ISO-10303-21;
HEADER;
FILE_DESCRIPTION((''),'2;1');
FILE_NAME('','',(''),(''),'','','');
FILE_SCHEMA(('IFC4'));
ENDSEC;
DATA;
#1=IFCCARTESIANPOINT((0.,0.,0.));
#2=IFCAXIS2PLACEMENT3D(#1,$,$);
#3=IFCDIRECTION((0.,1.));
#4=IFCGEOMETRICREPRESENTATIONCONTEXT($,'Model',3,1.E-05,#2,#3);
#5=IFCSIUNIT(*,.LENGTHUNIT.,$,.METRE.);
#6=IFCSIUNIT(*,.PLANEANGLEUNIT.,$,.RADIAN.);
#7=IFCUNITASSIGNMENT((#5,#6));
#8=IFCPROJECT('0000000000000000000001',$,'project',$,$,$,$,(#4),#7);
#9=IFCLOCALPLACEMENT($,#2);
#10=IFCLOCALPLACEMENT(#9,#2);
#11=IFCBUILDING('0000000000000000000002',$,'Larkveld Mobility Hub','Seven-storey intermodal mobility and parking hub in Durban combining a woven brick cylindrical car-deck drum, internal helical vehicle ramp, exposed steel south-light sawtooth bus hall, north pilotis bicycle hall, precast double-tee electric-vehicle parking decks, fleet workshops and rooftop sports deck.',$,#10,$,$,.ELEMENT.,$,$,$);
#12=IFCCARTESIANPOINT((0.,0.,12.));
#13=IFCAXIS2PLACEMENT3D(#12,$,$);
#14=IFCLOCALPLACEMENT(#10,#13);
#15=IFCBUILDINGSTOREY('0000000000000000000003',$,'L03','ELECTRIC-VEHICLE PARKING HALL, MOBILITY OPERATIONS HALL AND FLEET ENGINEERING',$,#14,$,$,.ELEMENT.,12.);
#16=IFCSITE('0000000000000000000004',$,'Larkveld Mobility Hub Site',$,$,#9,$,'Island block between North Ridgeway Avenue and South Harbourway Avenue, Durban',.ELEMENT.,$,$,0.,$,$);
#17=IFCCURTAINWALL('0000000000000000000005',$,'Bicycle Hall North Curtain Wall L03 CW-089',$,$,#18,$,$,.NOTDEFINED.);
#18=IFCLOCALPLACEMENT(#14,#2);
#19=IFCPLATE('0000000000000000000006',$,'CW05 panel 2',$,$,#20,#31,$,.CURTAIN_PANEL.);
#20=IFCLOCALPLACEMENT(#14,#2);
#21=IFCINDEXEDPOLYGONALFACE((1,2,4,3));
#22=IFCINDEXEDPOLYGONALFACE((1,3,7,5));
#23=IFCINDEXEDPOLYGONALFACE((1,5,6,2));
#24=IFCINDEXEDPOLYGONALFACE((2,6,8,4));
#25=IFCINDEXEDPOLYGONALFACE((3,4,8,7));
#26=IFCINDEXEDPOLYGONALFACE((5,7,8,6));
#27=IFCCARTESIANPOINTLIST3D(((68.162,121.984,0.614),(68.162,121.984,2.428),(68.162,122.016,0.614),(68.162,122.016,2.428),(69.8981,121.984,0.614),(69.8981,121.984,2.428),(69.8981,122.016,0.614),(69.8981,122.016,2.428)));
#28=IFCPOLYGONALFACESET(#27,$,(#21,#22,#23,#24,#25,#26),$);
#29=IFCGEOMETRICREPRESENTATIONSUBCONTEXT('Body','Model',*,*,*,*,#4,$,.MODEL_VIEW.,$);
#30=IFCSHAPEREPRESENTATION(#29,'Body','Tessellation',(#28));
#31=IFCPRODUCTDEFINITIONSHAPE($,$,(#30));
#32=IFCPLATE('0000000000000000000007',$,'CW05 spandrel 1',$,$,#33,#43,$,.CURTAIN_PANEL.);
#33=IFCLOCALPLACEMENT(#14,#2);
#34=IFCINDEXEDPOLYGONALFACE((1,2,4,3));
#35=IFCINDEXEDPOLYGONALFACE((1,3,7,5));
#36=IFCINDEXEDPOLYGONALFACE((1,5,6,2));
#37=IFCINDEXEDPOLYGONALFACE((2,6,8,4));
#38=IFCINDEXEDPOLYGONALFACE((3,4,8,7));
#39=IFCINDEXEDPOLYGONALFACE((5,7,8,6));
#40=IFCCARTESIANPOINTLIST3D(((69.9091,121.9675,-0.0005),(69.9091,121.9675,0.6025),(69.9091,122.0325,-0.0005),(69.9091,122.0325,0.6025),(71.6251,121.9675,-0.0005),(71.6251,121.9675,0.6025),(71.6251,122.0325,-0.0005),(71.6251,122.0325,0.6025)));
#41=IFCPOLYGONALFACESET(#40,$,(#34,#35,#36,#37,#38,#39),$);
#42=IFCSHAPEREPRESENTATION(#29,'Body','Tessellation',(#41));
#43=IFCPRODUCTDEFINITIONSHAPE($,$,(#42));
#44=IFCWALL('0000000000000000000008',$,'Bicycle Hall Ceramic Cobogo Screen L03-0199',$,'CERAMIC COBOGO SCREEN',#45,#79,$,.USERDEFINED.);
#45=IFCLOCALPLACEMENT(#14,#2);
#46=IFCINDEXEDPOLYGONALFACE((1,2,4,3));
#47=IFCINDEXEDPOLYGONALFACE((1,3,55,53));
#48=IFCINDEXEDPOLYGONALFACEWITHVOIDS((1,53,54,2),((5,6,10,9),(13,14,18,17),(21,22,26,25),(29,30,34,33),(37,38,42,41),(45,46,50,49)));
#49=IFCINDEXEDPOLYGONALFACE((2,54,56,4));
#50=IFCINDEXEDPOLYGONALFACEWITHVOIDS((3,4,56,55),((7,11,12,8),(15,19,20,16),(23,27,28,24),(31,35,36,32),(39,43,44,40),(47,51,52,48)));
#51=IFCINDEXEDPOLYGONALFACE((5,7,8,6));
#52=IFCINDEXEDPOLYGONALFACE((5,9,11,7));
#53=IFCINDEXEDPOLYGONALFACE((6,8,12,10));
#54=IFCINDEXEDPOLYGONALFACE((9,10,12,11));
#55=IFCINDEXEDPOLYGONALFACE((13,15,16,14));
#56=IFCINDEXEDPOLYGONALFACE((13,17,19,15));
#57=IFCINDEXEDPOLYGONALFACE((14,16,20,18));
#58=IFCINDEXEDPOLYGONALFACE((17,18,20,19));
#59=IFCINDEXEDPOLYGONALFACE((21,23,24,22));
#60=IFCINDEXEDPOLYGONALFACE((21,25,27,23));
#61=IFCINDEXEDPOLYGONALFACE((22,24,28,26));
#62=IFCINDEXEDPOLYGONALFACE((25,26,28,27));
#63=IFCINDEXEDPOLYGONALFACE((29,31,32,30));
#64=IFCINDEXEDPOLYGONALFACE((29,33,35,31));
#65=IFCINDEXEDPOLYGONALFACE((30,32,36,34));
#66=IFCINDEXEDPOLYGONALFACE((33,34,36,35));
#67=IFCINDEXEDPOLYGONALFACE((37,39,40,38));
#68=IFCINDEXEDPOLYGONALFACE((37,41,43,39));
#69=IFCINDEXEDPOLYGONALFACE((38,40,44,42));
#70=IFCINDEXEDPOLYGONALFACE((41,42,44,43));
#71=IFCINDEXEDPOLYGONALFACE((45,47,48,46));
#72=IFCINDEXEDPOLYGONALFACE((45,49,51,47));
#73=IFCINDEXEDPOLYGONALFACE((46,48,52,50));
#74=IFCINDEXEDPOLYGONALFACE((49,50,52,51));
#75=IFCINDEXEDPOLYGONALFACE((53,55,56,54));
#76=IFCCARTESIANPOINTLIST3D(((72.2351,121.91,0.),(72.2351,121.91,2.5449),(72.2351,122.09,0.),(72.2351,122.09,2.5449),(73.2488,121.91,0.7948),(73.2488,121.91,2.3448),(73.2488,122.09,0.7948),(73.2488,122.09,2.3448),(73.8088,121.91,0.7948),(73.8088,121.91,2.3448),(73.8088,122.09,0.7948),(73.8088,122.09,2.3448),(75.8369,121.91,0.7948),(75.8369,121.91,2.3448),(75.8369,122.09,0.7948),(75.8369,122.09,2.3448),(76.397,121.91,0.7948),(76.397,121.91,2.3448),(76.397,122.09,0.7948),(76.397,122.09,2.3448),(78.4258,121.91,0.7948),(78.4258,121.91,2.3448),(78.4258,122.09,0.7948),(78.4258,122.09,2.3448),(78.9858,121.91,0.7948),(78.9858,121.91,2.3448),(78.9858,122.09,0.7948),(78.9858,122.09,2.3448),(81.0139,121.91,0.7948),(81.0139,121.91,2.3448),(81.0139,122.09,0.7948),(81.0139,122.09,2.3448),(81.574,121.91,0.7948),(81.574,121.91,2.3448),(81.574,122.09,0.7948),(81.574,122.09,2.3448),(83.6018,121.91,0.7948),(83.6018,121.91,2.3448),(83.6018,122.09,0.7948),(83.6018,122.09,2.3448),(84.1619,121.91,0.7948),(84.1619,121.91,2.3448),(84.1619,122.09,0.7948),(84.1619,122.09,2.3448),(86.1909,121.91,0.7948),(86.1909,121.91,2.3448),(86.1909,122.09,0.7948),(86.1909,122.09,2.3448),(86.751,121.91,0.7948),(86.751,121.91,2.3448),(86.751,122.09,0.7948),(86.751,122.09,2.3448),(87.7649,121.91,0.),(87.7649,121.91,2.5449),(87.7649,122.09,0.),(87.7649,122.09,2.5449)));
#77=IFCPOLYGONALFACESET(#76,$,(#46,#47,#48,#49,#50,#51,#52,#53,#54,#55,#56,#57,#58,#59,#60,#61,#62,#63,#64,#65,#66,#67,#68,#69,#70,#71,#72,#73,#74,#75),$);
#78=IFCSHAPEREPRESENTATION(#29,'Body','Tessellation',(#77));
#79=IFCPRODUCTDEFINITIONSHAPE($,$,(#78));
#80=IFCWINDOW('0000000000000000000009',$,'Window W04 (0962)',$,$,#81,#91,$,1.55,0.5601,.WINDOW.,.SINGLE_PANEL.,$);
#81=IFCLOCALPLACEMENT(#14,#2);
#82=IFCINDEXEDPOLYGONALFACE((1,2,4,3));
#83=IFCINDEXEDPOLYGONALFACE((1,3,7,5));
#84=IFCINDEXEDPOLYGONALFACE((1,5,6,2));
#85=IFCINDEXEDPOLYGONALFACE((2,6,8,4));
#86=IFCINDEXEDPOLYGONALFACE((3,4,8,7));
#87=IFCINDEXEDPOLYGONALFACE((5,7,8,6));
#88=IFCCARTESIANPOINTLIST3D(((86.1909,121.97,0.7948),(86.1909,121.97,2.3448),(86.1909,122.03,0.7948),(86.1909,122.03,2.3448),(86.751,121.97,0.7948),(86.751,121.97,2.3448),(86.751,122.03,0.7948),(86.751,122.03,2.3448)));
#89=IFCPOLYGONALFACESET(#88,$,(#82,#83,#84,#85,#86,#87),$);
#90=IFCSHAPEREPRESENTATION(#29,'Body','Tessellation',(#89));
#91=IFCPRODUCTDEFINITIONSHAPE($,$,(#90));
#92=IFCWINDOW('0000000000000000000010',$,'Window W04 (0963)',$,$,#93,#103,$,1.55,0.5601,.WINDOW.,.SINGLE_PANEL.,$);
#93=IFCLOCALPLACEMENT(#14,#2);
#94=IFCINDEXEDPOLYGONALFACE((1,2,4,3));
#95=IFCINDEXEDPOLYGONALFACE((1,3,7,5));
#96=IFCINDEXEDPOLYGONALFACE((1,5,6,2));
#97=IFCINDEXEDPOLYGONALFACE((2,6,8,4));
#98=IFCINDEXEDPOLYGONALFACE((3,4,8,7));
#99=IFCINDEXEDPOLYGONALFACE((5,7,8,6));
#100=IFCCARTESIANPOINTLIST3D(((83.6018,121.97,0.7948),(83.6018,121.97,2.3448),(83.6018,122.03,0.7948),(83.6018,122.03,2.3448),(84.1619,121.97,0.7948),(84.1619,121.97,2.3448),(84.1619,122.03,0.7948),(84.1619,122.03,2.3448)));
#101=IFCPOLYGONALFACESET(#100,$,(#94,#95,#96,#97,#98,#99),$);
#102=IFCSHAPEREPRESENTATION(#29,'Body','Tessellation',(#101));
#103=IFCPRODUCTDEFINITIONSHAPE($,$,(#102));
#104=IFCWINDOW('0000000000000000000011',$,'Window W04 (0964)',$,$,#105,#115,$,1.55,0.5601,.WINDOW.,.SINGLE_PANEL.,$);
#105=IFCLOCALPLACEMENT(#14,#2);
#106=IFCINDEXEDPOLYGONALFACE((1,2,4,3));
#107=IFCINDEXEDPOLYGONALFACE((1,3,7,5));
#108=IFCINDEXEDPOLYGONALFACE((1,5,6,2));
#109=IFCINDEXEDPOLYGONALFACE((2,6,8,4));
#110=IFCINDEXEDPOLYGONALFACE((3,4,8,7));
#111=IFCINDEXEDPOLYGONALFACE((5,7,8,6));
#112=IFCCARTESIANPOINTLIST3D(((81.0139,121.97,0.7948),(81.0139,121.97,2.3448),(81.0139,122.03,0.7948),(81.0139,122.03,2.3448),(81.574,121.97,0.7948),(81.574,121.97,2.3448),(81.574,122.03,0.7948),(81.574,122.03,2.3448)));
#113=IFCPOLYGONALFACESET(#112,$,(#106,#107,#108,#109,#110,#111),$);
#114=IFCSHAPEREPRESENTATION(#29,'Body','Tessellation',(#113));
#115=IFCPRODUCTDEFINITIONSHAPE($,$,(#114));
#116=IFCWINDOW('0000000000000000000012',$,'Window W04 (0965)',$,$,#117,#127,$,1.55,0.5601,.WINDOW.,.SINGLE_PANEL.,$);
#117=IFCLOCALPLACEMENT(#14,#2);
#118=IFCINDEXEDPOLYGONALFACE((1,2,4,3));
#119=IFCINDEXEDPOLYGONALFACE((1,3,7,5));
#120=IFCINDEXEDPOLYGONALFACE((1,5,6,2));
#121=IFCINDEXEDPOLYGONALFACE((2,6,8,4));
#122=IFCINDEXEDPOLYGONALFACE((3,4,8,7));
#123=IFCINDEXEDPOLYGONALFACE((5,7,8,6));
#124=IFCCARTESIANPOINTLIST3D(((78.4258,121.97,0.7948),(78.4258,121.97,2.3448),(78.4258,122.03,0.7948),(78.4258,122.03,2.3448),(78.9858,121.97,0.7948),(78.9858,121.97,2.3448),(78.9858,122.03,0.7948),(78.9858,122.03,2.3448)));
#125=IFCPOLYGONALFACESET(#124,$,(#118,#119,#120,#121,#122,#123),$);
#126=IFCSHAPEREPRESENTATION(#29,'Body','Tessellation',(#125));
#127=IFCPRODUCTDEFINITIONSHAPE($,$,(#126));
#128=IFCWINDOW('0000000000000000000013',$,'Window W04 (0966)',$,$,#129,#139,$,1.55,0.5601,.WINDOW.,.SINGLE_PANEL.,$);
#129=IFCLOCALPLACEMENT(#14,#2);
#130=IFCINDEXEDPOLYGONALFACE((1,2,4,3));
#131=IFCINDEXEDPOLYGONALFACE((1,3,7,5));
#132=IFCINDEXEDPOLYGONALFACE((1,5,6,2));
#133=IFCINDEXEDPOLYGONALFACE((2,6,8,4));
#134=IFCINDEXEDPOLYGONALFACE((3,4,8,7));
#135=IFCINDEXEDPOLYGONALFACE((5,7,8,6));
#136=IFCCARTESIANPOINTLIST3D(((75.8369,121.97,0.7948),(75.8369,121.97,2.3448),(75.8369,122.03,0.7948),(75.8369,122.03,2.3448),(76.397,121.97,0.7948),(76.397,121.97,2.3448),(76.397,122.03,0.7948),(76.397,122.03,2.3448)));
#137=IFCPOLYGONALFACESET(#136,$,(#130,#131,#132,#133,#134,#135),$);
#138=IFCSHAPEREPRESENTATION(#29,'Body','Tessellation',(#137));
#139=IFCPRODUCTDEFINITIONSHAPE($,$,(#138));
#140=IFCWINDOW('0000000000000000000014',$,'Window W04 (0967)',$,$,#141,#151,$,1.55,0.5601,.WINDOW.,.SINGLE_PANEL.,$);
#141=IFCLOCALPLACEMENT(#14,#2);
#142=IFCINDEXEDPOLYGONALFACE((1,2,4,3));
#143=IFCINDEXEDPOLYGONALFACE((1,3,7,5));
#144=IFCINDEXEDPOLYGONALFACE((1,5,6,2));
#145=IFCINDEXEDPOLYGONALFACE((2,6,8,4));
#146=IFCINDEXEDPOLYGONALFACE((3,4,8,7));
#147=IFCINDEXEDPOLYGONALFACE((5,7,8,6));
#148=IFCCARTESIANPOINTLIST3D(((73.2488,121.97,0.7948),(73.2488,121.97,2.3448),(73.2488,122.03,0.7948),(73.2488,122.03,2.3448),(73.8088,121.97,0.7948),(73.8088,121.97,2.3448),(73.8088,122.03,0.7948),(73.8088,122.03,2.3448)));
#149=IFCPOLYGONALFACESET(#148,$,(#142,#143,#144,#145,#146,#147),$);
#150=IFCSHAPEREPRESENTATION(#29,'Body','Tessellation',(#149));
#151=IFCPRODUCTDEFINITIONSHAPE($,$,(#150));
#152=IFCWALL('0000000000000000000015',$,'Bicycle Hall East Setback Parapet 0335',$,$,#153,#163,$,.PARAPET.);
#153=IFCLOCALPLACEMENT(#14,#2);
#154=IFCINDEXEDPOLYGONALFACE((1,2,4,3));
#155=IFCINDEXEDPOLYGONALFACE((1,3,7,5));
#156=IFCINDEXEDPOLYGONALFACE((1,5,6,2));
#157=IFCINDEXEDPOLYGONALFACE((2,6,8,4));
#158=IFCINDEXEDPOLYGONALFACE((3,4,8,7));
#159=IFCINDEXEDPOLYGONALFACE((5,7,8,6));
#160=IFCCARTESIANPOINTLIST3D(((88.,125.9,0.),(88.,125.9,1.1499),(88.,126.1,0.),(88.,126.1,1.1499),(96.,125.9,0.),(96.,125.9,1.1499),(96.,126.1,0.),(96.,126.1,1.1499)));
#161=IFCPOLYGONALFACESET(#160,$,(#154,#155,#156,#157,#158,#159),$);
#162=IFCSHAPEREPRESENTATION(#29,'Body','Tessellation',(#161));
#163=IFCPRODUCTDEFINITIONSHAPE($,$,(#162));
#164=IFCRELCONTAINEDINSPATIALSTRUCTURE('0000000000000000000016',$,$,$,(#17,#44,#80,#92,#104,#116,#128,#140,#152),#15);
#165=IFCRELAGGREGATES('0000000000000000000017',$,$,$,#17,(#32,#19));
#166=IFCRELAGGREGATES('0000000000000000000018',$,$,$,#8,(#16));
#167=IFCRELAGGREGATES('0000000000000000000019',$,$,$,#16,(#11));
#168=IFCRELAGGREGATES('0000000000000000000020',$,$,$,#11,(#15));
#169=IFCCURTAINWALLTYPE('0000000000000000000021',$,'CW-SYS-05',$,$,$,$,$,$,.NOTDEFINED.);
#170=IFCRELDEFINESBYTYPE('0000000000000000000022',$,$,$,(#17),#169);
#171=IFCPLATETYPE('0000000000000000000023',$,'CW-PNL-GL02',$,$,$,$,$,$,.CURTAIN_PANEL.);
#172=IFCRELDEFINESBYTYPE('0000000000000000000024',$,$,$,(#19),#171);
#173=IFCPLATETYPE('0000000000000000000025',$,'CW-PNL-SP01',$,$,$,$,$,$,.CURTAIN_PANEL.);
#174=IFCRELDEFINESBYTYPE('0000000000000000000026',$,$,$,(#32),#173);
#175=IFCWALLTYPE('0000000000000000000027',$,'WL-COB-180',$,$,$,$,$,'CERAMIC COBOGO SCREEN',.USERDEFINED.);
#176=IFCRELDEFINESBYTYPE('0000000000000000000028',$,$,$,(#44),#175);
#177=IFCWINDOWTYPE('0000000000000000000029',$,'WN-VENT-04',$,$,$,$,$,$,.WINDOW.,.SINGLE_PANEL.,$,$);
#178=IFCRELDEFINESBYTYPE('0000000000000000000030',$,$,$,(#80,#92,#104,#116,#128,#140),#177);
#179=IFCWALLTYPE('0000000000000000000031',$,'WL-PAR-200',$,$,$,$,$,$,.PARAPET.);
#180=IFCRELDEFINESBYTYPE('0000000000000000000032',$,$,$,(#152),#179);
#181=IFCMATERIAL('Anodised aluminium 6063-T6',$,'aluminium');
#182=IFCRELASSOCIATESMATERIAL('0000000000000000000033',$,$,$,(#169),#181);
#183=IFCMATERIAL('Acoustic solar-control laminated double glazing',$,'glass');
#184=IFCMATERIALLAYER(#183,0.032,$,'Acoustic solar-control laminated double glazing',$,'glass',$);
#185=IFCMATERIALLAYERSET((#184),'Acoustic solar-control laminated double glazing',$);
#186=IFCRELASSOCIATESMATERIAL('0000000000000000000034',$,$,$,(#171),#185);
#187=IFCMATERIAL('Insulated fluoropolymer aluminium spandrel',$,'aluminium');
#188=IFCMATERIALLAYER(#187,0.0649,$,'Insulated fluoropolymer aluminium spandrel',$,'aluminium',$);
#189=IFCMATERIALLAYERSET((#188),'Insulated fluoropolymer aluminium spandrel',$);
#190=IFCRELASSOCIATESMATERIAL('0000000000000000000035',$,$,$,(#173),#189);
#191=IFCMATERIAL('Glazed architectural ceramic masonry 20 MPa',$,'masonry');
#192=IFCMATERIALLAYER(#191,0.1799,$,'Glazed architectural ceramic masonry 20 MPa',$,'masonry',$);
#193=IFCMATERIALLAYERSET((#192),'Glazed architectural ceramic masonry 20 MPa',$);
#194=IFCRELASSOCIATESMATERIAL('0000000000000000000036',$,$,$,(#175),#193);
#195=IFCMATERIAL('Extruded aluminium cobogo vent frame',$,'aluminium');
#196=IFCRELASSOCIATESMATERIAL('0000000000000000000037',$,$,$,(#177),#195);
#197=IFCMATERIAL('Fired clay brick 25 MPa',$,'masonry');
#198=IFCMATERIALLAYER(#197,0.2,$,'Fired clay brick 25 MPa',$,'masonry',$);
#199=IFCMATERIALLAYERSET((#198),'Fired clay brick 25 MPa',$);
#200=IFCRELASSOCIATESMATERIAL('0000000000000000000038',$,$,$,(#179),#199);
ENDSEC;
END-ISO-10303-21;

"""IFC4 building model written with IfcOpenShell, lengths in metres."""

from ifc_helpers import new_model, si_unit, direction, frame, frame_2d, origin, origin_2d, place, context, subcontext, project, spatial, rectangle, extrude, material, layer, layer_set, type_object, element, fill, aggregate, save


model = new_model("IFC4")

# Units and contexts
model_context = context("Model", 3, precision=1e-05, world=origin(), true_north=direction((0.0, 1.0)))
body_context = subcontext(model_context, "Body", "Model", "MODEL_VIEW")
ifc_project = project(units=[si_unit("LENGTHUNIT", "METRE"), si_unit("PLANEANGLEUNIT", "RADIAN")], contexts=[model_context])

# Site, building, storey
site_placement = place(None, origin())
site = spatial("IfcSite", under=ifc_project, at=site_placement, Name="Larkveld Mobility Hub Site", LongName="Island block between North Ridgeway Avenue and South Harbourway Avenue, Durban", CompositionType="ELEMENT", RefElevation=0.0)
building_placement = place(site_placement, origin())
building = spatial("IfcBuilding", under=site, at=building_placement, Name="Larkveld Mobility Hub", Description="Seven-storey intermodal mobility and parking hub in Durban combining a woven brick cylindrical car-deck drum, internal helical vehicle ramp, exposed steel south-light sawtooth bus hall, north pilotis bicycle hall, precast double-tee electric-vehicle parking decks, fleet workshops and rooftop sports deck.", CompositionType="ELEMENT")
storey_placement = place(building_placement, frame((0.0, 0.0, 12.0)))
storey = spatial("IfcBuildingStorey", under=building, at=storey_placement, Name="L03", Description="ELECTRIC-VEHICLE PARKING HALL, MOBILITY OPERATIONS HALL AND FLEET ENGINEERING", CompositionType="ELEMENT", Elevation=12.0)

# Curtain wall, plates
ifc_material_1 = material(Name="Anodised aluminium 6063-T6", Category="aluminium")
curtain_wall_type = type_object("IfcCurtainWallType", Name="CW-SYS-05", PredefinedType="NOTDEFINED", material=ifc_material_1)
curtain_wall_placement = place(storey_placement, origin())
curtain_wall = element("IfcCurtainWall", 1, at=curtain_wall_placement, inside=storey, type_object=curtain_wall_type, Name="Bicycle Hall North Curtain Wall L03 CW-089", PredefinedType="NOTDEFINED")
ifc_material_2 = material(Name="Acoustic solar-control laminated double glazing", Category="glass")
ifc_layer_1 = layer(ifc_material_2, 0.032, Name="Acoustic solar-control laminated double glazing", Category="glass")
ifc_layer_set_1 = layer_set([ifc_layer_1], Name="Acoustic solar-control laminated double glazing")
plate_type_1 = type_object("IfcPlateType", Name="CW-PNL-GL02", PredefinedType="CURTAIN_PANEL", material=ifc_layer_set_1)
plate_1_placement = place(storey_placement, frame((69.03, 122.0, 0.614), z_axis=(0.0, 0.0, 1.0), x_axis=(-1.0, 0.0, 0.0)))
plate_1 = element("IfcPlate", 2, at=plate_1_placement, type_object=plate_type_1, Name="CW05 panel 2", PredefinedType="CURTAIN_PANEL", context=body_context, shape_type="SweptSolid", body=[
    extrude(rectangle(XDim=1.7361, YDim=0.032, at=origin_2d()), origin(), (0.0, 0.0, 1.0), 1.814),
])
ifc_material_3 = material(Name="Insulated fluoropolymer aluminium spandrel", Category="aluminium")
ifc_layer_2 = layer(ifc_material_3, 0.0649, Name="Insulated fluoropolymer aluminium spandrel", Category="aluminium")
ifc_layer_set_2 = layer_set([ifc_layer_2], Name="Insulated fluoropolymer aluminium spandrel")
plate_type_2 = type_object("IfcPlateType", Name="CW-PNL-SP01", PredefinedType="CURTAIN_PANEL", material=ifc_layer_set_2)
plate_2_placement = place(storey_placement, frame((70.7671, 122.0, -0.0005), z_axis=(0.0, 0.0, 1.0), x_axis=(-1.0, 0.0, 0.0)))
plate_2 = element("IfcPlate", 3, at=plate_2_placement, type_object=plate_type_2, Name="CW05 spandrel 1", PredefinedType="CURTAIN_PANEL", context=body_context, shape_type="SweptSolid", body=[
    extrude(rectangle(XDim=1.7161, YDim=0.0649, at=origin_2d()), origin(), (0.0, 0.0, 1.0), 0.603),
])
aggregate(curtain_wall, [plate_2, plate_1])

# Wall, openings, windows
ifc_material_4 = material(Name="Glazed architectural ceramic masonry 20 MPa", Category="masonry")
ifc_layer_3 = layer(ifc_material_4, 0.1799, Name="Glazed architectural ceramic masonry 20 MPa", Category="masonry")
ifc_layer_set_3 = layer_set([ifc_layer_3], Name="Glazed architectural ceramic masonry 20 MPa")
wall_type_1 = type_object("IfcWallType", Name="WL-COB-180", ElementType="CERAMIC COBOGO SCREEN", PredefinedType="USERDEFINED", material=ifc_layer_set_3)
wall_1_placement = place(storey_placement, frame((87.7649, 122.0, 0.0), z_axis=(0.0, 0.0, 1.0), x_axis=(-1.0, 0.0, 0.0)))
wall_1 = element("IfcWall", 4, at=wall_1_placement, inside=storey, type_object=wall_type_1, Name="Bicycle Hall Ceramic Cobogo Screen L03-0199", ObjectType="CERAMIC COBOGO SCREEN", PredefinedType="USERDEFINED", context=body_context, shape_type="SweptSolid", body=[
    extrude(rectangle(XDim=15.5298, YDim=0.1799, at=frame_2d((7.7649, 0.0))), origin(), (0.0, 0.0, 1.0), 2.5449),
])
opening_1_placement = place(wall_1_placement, frame((1.0139, 0.0, 0.7949)))
opening_1 = element("IfcOpeningElement", 5, at=opening_1_placement, cuts=wall_1, PredefinedType="OPENING", context=body_context, shape_type="SweptSolid", body=[
    extrude(rectangle(XDim=0.5601, YDim=1.55, at=frame_2d((0.28, 0.7749))), frame((0.0, 0.1001, 0.0), z_axis=(0.0, -1.0, 0.0), x_axis=(1.0, 0.0, 0.0)), (0.0, 0.0, 1.0), 0.2),
])
opening_2_placement = place(wall_1_placement, frame((3.603, 0.0, 0.7949)))
opening_2 = element("IfcOpeningElement", 6, at=opening_2_placement, cuts=wall_1, PredefinedType="OPENING", context=body_context, shape_type="SweptSolid", body=[
    extrude(rectangle(XDim=0.5601, YDim=1.55, at=frame_2d((0.28, 0.7749))), frame((0.0, 0.1001, 0.0), z_axis=(0.0, -1.0, 0.0), x_axis=(1.0, 0.0, 0.0)), (0.0, 0.0, 1.0), 0.2),
])
opening_3_placement = place(wall_1_placement, frame((6.1909, 0.0, 0.7949)))
opening_3 = element("IfcOpeningElement", 7, at=opening_3_placement, cuts=wall_1, PredefinedType="OPENING", context=body_context, shape_type="SweptSolid", body=[
    extrude(rectangle(XDim=0.5601, YDim=1.55, at=frame_2d((0.28, 0.7749))), frame((0.0, 0.1001, 0.0), z_axis=(0.0, -1.0, 0.0), x_axis=(1.0, 0.0, 0.0)), (0.0, 0.0, 1.0), 0.2),
])
opening_4_placement = place(wall_1_placement, frame((8.7791, 0.0, 0.7949)))
opening_4 = element("IfcOpeningElement", 8, at=opening_4_placement, cuts=wall_1, PredefinedType="OPENING", context=body_context, shape_type="SweptSolid", body=[
    extrude(rectangle(XDim=0.5601, YDim=1.55, at=frame_2d((0.28, 0.7749))), frame((0.0, 0.1001, 0.0), z_axis=(0.0, -1.0, 0.0), x_axis=(1.0, 0.0, 0.0)), (0.0, 0.0, 1.0), 0.2),
])
opening_5_placement = place(wall_1_placement, frame((11.3679, 0.0, 0.7949)))
opening_5 = element("IfcOpeningElement", 9, at=opening_5_placement, cuts=wall_1, PredefinedType="OPENING", context=body_context, shape_type="SweptSolid", body=[
    extrude(rectangle(XDim=0.5601, YDim=1.55, at=frame_2d((0.28, 0.7749))), frame((0.0, 0.1001, 0.0), z_axis=(0.0, -1.0, 0.0), x_axis=(1.0, 0.0, 0.0)), (0.0, 0.0, 1.0), 0.2),
])
opening_6_placement = place(wall_1_placement, frame((13.9561, 0.0, 0.7949)))
opening_6 = element("IfcOpeningElement", 10, at=opening_6_placement, cuts=wall_1, PredefinedType="OPENING", context=body_context, shape_type="SweptSolid", body=[
    extrude(rectangle(XDim=0.5601, YDim=1.55, at=frame_2d((0.28, 0.7749))), frame((0.0, 0.1001, 0.0), z_axis=(0.0, -1.0, 0.0), x_axis=(1.0, 0.0, 0.0)), (0.0, 0.0, 1.0), 0.2),
])
ifc_material_5 = material(Name="Extruded aluminium cobogo vent frame", Category="aluminium")
window_type = type_object("IfcWindowType", Name="WN-VENT-04", PartitioningType="SINGLE_PANEL", PredefinedType="WINDOW", material=ifc_material_5)
window_1_placement = place(opening_1_placement, origin())
window_1 = element("IfcWindow", 11, at=window_1_placement, inside=storey, type_object=window_type, Name="Window W04 (0962)", OverallHeight=1.55, OverallWidth=0.5601, PartitioningType="SINGLE_PANEL", PredefinedType="WINDOW", context=body_context, shape_type="SweptSolid", body=[
    extrude(rectangle(XDim=0.5601, YDim=1.55, at=frame_2d((0.28, 0.7749))), frame((0.0, 0.03, 0.0), z_axis=(0.0, -1.0, 0.0), x_axis=(1.0, 0.0, 0.0)), (0.0, 0.0, 1.0), 0.0601),
])
fill(opening_1, window_1)
window_2_placement = place(opening_2_placement, origin())
window_2 = element("IfcWindow", 12, at=window_2_placement, inside=storey, type_object=window_type, Name="Window W04 (0963)", OverallHeight=1.55, OverallWidth=0.5601, PartitioningType="SINGLE_PANEL", PredefinedType="WINDOW", context=body_context, shape_type="SweptSolid", body=[
    extrude(rectangle(XDim=0.5601, YDim=1.55, at=frame_2d((0.28, 0.7749))), frame((0.0, 0.03, 0.0), z_axis=(0.0, -1.0, 0.0), x_axis=(1.0, 0.0, 0.0)), (0.0, 0.0, 1.0), 0.0601),
])
fill(opening_2, window_2)
window_3_placement = place(opening_3_placement, origin())
window_3 = element("IfcWindow", 13, at=window_3_placement, inside=storey, type_object=window_type, Name="Window W04 (0964)", OverallHeight=1.55, OverallWidth=0.5601, PartitioningType="SINGLE_PANEL", PredefinedType="WINDOW", context=body_context, shape_type="SweptSolid", body=[
    extrude(rectangle(XDim=0.5601, YDim=1.55, at=frame_2d((0.28, 0.7749))), frame((0.0, 0.03, 0.0), z_axis=(0.0, -1.0, 0.0), x_axis=(1.0, 0.0, 0.0)), (0.0, 0.0, 1.0), 0.0601),
])
fill(opening_3, window_3)
window_4_placement = place(opening_4_placement, origin())
window_4 = element("IfcWindow", 14, at=window_4_placement, inside=storey, type_object=window_type, Name="Window W04 (0965)", OverallHeight=1.55, OverallWidth=0.5601, PartitioningType="SINGLE_PANEL", PredefinedType="WINDOW", context=body_context, shape_type="SweptSolid", body=[
    extrude(rectangle(XDim=0.5601, YDim=1.55, at=frame_2d((0.28, 0.7749))), frame((0.0, 0.03, 0.0), z_axis=(0.0, -1.0, 0.0), x_axis=(1.0, 0.0, 0.0)), (0.0, 0.0, 1.0), 0.0601),
])
fill(opening_4, window_4)
window_5_placement = place(opening_5_placement, origin())
window_5 = element("IfcWindow", 15, at=window_5_placement, inside=storey, type_object=window_type, Name="Window W04 (0966)", OverallHeight=1.55, OverallWidth=0.5601, PartitioningType="SINGLE_PANEL", PredefinedType="WINDOW", context=body_context, shape_type="SweptSolid", body=[
    extrude(rectangle(XDim=0.5601, YDim=1.55, at=frame_2d((0.28, 0.7749))), frame((0.0, 0.03, 0.0), z_axis=(0.0, -1.0, 0.0), x_axis=(1.0, 0.0, 0.0)), (0.0, 0.0, 1.0), 0.0601),
])
fill(opening_5, window_5)
window_6_placement = place(opening_6_placement, origin())
window_6 = element("IfcWindow", 16, at=window_6_placement, inside=storey, type_object=window_type, Name="Window W04 (0967)", OverallHeight=1.55, OverallWidth=0.5601, PartitioningType="SINGLE_PANEL", PredefinedType="WINDOW", context=body_context, shape_type="SweptSolid", body=[
    extrude(rectangle(XDim=0.5601, YDim=1.55, at=frame_2d((0.28, 0.7749))), frame((0.0, 0.03, 0.0), z_axis=(0.0, -1.0, 0.0), x_axis=(1.0, 0.0, 0.0)), (0.0, 0.0, 1.0), 0.0601),
])
fill(opening_6, window_6)

# Wall
ifc_material_6 = material(Name="Fired clay brick 25 MPa", Category="masonry")
ifc_layer_4 = layer(ifc_material_6, 0.2, Name="Fired clay brick 25 MPa", Category="masonry")
ifc_layer_set_4 = layer_set([ifc_layer_4], Name="Fired clay brick 25 MPa")
wall_type_2 = type_object("IfcWallType", Name="WL-PAR-200", PredefinedType="PARAPET", material=ifc_layer_set_4)
wall_2_placement = place(storey_placement, frame((96.0, 126.0, 0.0), z_axis=(0.0, 0.0, 1.0), x_axis=(-1.0, 0.0, 0.0)))
element("IfcWall", 17, at=wall_2_placement, inside=storey, type_object=wall_type_2, Name="Bicycle Hall East Setback Parapet 0335", PredefinedType="PARAPET", context=body_context, shape_type="SweptSolid", body=[
    extrude(rectangle(XDim=8.0, YDim=0.2, at=frame_2d((4.0, 0.0))), origin(), (0.0, 0.0, 1.0), 1.1499),
])

save(model, "model.ifc")
